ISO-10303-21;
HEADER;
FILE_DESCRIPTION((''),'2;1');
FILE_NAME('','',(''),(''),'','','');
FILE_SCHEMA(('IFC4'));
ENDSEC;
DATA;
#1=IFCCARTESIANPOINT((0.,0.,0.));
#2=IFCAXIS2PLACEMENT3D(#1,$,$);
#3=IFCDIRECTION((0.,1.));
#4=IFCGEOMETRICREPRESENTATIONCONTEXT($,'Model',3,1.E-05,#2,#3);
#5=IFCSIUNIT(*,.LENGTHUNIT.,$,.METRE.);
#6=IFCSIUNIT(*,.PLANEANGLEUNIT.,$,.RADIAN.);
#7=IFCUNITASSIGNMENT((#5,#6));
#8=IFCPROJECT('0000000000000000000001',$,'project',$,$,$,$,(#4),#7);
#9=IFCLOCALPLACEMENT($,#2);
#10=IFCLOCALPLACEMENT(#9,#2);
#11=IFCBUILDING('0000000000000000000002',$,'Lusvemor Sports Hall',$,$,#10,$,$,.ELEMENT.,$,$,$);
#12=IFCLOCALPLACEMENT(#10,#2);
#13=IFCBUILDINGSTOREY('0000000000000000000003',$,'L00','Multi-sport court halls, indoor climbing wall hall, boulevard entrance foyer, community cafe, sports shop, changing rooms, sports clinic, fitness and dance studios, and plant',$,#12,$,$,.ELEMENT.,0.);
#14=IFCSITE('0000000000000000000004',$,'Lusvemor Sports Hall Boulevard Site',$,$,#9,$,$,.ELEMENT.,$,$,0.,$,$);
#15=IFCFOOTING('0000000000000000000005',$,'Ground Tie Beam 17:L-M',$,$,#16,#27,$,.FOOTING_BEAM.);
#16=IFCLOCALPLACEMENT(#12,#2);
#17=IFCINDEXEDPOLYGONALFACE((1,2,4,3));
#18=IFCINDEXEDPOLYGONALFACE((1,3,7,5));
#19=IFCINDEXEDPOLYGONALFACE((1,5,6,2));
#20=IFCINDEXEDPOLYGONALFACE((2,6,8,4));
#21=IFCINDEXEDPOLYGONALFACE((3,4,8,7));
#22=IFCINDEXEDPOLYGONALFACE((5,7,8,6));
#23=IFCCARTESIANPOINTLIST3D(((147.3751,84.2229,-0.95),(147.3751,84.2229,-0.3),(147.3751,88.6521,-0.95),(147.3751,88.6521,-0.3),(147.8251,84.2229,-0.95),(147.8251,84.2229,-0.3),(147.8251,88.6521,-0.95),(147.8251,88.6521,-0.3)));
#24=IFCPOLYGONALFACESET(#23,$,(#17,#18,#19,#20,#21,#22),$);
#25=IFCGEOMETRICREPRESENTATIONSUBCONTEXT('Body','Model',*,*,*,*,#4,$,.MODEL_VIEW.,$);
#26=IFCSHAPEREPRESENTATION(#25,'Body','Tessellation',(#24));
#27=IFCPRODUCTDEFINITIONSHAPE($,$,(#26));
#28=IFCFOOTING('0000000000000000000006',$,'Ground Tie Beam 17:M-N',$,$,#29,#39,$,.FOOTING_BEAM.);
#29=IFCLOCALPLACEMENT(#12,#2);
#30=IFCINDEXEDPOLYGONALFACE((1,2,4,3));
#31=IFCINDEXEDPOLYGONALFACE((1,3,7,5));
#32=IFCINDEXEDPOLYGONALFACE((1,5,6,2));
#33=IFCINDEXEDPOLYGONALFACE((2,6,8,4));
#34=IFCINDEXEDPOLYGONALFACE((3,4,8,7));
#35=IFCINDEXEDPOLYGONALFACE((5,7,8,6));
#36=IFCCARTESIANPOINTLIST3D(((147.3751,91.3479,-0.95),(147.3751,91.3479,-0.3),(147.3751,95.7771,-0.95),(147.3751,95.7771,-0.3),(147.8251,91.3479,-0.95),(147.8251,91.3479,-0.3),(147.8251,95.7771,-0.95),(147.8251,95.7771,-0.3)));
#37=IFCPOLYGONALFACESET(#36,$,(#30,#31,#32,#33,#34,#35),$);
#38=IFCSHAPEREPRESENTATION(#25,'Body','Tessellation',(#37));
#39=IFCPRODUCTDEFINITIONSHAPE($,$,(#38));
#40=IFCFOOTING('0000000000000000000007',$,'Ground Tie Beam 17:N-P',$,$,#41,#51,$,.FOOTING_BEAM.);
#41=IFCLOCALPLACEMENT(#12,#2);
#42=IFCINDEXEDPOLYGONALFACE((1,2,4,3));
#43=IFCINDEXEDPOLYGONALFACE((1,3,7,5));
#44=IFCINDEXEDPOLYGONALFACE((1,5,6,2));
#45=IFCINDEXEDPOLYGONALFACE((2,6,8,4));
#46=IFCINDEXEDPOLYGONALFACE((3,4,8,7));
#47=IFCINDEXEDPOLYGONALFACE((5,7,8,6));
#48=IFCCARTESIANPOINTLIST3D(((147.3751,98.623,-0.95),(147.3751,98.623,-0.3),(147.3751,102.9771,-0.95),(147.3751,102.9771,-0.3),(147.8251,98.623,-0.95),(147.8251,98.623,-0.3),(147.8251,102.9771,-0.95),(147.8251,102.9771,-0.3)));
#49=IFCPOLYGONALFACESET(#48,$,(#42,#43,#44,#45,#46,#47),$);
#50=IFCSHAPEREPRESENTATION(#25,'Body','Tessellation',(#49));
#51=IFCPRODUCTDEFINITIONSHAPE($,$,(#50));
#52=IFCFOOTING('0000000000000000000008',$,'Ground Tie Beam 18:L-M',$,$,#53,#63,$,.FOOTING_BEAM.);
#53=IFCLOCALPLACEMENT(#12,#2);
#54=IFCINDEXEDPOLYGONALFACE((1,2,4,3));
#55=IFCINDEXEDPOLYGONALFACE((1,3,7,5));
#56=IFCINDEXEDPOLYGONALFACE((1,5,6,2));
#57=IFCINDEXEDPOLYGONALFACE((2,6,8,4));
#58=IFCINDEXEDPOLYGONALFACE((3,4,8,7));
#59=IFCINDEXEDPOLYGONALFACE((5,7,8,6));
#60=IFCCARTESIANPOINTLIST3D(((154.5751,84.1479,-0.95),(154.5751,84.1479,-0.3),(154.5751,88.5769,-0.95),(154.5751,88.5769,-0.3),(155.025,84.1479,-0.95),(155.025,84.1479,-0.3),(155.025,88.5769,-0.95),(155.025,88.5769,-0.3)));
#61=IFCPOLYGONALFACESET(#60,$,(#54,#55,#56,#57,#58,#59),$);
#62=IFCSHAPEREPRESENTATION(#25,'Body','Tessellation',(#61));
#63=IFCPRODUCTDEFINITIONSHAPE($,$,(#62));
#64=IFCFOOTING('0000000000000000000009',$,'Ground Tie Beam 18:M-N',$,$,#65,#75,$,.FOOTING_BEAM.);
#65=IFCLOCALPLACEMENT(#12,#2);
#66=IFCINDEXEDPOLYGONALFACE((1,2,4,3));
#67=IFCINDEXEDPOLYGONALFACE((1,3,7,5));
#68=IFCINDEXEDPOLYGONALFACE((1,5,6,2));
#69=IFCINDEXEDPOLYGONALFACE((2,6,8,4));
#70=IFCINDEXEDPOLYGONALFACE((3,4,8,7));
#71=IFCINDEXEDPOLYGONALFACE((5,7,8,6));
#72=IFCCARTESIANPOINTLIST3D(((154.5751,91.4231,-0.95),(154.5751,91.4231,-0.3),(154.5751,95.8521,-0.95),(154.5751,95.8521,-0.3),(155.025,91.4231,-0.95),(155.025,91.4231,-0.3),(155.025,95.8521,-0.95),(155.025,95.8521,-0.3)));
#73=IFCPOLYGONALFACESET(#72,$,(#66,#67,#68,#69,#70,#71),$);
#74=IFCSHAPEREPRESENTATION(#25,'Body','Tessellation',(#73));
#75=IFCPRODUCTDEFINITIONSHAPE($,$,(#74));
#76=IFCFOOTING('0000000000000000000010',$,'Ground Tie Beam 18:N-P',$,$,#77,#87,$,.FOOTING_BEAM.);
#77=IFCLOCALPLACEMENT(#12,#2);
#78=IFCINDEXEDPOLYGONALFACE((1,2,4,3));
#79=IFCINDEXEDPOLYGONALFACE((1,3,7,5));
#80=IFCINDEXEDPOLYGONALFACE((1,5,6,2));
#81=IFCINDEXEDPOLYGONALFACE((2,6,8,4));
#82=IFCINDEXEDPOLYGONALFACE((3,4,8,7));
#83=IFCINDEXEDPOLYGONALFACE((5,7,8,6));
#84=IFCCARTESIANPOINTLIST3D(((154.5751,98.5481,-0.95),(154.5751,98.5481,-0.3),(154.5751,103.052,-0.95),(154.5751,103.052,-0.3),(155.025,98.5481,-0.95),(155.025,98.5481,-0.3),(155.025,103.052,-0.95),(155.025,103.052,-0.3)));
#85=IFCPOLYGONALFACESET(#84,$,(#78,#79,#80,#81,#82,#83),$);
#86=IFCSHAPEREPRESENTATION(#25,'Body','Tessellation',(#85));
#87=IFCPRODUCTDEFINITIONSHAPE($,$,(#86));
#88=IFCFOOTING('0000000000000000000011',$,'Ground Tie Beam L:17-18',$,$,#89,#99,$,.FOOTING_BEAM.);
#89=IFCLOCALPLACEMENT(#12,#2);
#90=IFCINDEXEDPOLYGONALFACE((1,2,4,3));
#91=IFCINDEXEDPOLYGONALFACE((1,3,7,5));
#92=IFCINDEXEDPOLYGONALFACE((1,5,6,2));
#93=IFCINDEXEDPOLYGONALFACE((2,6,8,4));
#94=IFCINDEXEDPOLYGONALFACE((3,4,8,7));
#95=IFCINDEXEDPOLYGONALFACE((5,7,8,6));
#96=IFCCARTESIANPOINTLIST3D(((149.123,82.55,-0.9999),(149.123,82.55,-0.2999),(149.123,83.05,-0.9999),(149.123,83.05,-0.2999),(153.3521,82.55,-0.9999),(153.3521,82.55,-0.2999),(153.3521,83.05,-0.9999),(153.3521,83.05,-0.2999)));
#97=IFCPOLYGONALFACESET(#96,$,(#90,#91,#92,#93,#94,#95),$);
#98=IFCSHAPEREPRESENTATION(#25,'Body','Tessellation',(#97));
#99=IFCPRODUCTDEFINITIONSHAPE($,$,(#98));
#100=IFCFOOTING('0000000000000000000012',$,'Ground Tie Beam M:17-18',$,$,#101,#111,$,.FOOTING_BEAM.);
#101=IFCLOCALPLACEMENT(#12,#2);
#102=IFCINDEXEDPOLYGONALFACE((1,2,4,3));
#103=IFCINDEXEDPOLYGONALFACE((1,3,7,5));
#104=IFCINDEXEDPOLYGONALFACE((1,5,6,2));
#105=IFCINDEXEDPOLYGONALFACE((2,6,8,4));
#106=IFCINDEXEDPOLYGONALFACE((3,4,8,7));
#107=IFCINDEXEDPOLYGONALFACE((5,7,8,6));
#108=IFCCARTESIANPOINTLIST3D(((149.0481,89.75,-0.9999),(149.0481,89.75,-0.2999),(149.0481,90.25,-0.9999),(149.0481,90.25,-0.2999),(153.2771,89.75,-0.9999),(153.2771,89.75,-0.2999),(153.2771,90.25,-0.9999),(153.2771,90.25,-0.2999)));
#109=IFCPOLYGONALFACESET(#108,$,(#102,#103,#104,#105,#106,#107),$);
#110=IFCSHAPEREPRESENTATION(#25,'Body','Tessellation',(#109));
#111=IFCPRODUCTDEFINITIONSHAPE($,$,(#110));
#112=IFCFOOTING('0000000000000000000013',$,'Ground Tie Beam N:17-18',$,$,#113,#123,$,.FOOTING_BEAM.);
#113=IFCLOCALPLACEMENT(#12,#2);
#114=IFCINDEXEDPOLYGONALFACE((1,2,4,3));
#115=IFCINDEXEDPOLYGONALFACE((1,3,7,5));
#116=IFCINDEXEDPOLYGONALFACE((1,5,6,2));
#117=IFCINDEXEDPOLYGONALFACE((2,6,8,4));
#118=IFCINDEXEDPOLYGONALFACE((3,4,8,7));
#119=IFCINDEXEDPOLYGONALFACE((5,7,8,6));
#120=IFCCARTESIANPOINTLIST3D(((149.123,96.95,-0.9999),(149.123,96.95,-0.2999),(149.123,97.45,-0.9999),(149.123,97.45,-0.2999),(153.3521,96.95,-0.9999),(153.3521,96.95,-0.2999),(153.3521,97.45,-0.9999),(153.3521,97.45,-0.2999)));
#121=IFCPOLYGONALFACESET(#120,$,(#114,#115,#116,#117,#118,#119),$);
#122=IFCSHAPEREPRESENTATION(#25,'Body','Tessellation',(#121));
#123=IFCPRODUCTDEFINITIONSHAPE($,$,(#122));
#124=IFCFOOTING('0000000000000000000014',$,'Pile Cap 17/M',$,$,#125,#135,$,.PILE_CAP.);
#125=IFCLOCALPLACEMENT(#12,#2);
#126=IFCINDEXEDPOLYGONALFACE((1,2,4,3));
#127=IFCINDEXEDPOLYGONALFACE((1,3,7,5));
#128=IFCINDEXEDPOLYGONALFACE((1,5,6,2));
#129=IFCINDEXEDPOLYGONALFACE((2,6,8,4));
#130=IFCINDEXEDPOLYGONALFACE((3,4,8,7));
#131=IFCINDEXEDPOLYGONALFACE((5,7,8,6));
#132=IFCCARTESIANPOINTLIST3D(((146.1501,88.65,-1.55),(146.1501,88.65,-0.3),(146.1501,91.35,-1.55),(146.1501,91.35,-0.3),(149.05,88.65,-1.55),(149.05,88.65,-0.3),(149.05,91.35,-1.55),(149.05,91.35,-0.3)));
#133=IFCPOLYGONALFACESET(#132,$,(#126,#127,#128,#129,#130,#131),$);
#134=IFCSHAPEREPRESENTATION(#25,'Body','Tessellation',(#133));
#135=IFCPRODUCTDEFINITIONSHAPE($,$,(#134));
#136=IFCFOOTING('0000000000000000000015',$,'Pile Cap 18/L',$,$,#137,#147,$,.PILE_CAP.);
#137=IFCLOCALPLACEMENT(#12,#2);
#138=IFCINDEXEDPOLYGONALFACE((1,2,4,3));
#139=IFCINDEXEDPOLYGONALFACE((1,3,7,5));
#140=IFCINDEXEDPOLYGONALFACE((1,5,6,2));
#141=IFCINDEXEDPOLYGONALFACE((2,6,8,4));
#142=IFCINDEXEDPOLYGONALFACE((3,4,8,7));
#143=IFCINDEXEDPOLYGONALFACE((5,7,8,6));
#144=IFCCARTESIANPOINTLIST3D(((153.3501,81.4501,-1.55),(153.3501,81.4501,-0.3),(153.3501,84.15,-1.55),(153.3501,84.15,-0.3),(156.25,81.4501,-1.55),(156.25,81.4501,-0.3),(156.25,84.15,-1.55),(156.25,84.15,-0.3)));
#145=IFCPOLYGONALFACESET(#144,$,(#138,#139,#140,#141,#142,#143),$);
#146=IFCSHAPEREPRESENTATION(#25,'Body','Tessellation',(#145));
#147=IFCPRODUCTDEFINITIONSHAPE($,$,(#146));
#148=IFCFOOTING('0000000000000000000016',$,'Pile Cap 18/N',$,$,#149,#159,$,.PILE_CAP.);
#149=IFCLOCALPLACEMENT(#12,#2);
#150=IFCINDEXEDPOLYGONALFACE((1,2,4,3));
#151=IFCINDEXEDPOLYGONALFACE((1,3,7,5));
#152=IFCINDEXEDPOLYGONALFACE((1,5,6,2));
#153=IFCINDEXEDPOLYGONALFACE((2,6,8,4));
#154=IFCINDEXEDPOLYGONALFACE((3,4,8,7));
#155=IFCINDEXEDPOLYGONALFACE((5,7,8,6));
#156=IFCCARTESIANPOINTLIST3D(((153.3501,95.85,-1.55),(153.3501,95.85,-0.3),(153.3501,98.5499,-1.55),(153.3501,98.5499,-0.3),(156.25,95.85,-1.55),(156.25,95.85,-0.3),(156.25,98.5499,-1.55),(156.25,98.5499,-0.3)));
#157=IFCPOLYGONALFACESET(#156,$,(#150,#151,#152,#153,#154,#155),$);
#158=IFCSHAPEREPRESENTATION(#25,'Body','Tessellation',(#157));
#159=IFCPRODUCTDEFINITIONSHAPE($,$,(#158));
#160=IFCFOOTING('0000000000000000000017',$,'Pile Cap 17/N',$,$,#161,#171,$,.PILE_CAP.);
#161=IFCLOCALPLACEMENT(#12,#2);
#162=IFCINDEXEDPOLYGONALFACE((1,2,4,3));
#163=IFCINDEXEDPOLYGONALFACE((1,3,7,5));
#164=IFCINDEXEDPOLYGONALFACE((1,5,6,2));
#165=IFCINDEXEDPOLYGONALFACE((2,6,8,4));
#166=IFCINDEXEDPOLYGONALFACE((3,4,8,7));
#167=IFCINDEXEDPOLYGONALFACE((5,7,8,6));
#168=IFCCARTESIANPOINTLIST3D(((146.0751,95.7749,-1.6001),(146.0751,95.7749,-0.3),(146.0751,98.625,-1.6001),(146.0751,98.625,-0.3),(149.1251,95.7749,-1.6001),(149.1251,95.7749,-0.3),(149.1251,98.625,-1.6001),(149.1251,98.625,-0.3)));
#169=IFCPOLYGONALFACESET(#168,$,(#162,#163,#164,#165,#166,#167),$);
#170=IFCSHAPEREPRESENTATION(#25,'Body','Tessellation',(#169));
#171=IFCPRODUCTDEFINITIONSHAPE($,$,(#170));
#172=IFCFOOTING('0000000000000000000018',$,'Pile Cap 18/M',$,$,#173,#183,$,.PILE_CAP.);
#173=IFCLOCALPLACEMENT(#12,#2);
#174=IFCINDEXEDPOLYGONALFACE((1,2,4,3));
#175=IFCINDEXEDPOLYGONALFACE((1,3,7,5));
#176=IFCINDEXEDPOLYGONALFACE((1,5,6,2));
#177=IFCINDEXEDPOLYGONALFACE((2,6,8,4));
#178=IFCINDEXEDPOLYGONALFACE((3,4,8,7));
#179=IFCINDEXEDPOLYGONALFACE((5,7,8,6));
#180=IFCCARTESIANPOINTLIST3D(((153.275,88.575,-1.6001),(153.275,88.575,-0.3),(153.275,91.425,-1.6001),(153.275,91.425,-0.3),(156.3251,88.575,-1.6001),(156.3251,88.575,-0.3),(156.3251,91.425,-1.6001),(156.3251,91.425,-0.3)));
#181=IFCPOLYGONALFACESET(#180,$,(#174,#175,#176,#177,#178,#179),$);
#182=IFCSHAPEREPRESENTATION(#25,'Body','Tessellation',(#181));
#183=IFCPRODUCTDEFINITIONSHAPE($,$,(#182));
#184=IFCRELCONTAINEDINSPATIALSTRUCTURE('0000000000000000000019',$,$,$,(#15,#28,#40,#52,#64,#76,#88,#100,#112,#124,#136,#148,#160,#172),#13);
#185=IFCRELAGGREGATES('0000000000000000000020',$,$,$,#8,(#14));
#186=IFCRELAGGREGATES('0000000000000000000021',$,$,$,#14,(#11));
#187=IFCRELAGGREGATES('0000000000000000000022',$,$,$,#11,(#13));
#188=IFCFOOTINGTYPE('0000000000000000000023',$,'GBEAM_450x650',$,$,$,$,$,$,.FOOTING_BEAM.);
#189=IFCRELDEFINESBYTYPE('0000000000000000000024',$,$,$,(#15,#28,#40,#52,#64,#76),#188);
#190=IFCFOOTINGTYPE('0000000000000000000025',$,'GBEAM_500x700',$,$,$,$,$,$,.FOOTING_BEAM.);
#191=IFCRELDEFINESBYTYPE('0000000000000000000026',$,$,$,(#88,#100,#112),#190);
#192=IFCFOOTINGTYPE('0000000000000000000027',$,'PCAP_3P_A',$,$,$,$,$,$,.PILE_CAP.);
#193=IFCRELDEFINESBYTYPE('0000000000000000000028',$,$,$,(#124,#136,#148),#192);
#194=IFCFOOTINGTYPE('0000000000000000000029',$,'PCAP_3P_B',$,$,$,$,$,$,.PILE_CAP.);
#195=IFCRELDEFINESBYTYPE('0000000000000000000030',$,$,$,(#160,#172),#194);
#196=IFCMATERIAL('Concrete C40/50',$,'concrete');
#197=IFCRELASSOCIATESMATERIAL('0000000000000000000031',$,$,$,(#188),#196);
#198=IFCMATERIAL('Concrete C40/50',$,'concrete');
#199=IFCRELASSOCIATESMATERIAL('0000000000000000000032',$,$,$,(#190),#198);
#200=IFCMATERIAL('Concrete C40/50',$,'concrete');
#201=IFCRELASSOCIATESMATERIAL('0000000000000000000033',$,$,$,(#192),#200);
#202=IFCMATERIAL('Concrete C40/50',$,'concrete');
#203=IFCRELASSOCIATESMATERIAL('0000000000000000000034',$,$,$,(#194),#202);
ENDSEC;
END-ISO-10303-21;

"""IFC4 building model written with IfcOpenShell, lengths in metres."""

from ifc_helpers import new_model, si_unit, direction, frame, origin, origin_2d, place, context, subcontext, project, spatial, rectangle, extrude, material, material_profile, profile_set, type_object, element, save


model = new_model("IFC4")

# Units and contexts
model_context = context("Model", 3, precision=1e-05, world=origin(), true_north=direction((0.0, 1.0)))
body_context = subcontext(model_context, "Body", "Model", "MODEL_VIEW")
ifc_project = project(units=[si_unit("LENGTHUNIT", "METRE"), si_unit("PLANEANGLEUNIT", "RADIAN")], contexts=[model_context])

# Site, building, storey
site_placement = place(None, origin())
site = spatial("IfcSite", under=ifc_project, at=site_placement, Name="Lusvemor Sports Hall Boulevard Site", CompositionType="ELEMENT", RefElevation=0.0)
building_placement = place(site_placement, origin())
building = spatial("IfcBuilding", under=site, at=building_placement, Name="Lusvemor Sports Hall", CompositionType="ELEMENT")
storey_placement = place(building_placement, origin())
storey = spatial("IfcBuildingStorey", under=building, at=storey_placement, Name="L00", Description="Multi-sport court halls, indoor climbing wall hall, boulevard entrance foyer, community cafe, sports shop, changing rooms, sports clinic, fitness and dance studios, and plant", CompositionType="ELEMENT", Elevation=0.0)

# Footings
ifc_material_1 = material(Name="Concrete C40/50", Category="concrete")
ifc_material_profile_1 = material_profile(ifc_material_1, rectangle(XDim=0.45, YDim=0.6499, at=origin_2d()), Name="GB_450x650")
ifc_profile_set_1 = profile_set([ifc_material_profile_1], Name="Concrete C40/50")
footing_type_1 = type_object("IfcFootingType", Name="GBEAM_450x650", PredefinedType="FOOTING_BEAM", material=ifc_profile_set_1)
for number, where, z_axis, x_axis, name in (
    (1, (147.6001, 84.2229, -0.625), (0.0, 1.0, 0.0), (-1.0, 0.0, 0.0), "Ground Tie Beam 17:L-M"),
    (2, (147.6001, 91.3479, -0.625), (0.0, 1.0, 0.0), (-1.0, 0.0, 0.0), "Ground Tie Beam 17:M-N"),
):
    element("IfcFooting", number, at=place(storey_placement, frame(where, z_axis=z_axis, x_axis=x_axis)), inside=storey, type_object=footing_type_1, Name=name, PredefinedType="FOOTING_BEAM", context=body_context, shape_type="SweptSolid", body=[
        extrude(rectangle(XDim=0.45, YDim=0.6499, at=origin_2d()), origin(), (0.0, 0.0, 1.0), 4.4292),
    ])
footing_1_placement = place(storey_placement, frame((147.6001, 98.623, -0.625), z_axis=(0.0, 1.0, 0.0), x_axis=(-1.0, 0.0, 0.0)))
element("IfcFooting", 3, at=footing_1_placement, inside=storey, type_object=footing_type_1, Name="Ground Tie Beam 17:N-P", PredefinedType="FOOTING_BEAM", context=body_context, shape_type="SweptSolid", body=[
    extrude(rectangle(XDim=0.45, YDim=0.6499, at=origin_2d()), origin(), (0.0, 0.0, 1.0), 4.354),
])
for number, where, z_axis, x_axis, name in (
    (4, (154.8, 84.1479, -0.625), (0.0, 1.0, 0.0), (-1.0, 0.0, 0.0), "Ground Tie Beam 18:L-M"),
    (5, (154.8, 91.4231, -0.625), (0.0, 1.0, 0.0), (-1.0, 0.0, 0.0), "Ground Tie Beam 18:M-N"),
):
    element("IfcFooting", number, at=place(storey_placement, frame(where, z_axis=z_axis, x_axis=x_axis)), inside=storey, type_object=footing_type_1, Name=name, PredefinedType="FOOTING_BEAM", context=body_context, shape_type="SweptSolid", body=[
        extrude(rectangle(XDim=0.45, YDim=0.6499, at=origin_2d()), origin(), (0.0, 0.0, 1.0), 4.429),
    ])
footing_2_placement = place(storey_placement, frame((154.8, 98.5481, -0.625), z_axis=(0.0, 1.0, 0.0), x_axis=(-1.0, 0.0, 0.0)))
element("IfcFooting", 6, at=footing_2_placement, inside=storey, type_object=footing_type_1, Name="Ground Tie Beam 18:N-P", PredefinedType="FOOTING_BEAM", context=body_context, shape_type="SweptSolid", body=[
    extrude(rectangle(XDim=0.45, YDim=0.6499, at=origin_2d()), origin(), (0.0, 0.0, 1.0), 4.5039),
])
ifc_material_2 = material(Name="Concrete C40/50", Category="concrete")
ifc_material_profile_2 = material_profile(ifc_material_2, rectangle(XDim=0.5, YDim=0.7, at=origin_2d()), Name="GB_500x700")
ifc_profile_set_2 = profile_set([ifc_material_profile_2], Name="Concrete C40/50")
footing_type_2 = type_object("IfcFootingType", Name="GBEAM_500x700", PredefinedType="FOOTING_BEAM", material=ifc_profile_set_2)
for number, where, z_axis, x_axis, name in (
    (7, (149.123, 82.8, -0.6499), (1.0, 0.0, 0.0), (0.0, 1.0, 0.0), "Ground Tie Beam L:17-18"),
    (8, (149.0481, 90.0, -0.6499), (1.0, 0.0, 0.0), (0.0, 1.0, 0.0), "Ground Tie Beam M:17-18"),
    (9, (149.123, 97.2, -0.6499), (1.0, 0.0, 0.0), (0.0, 1.0, 0.0), "Ground Tie Beam N:17-18"),
):
    element("IfcFooting", number, at=place(storey_placement, frame(where, z_axis=z_axis, x_axis=x_axis)), inside=storey, type_object=footing_type_2, Name=name, PredefinedType="FOOTING_BEAM", context=body_context, shape_type="SweptSolid", body=[
        extrude(rectangle(XDim=0.5, YDim=0.7, at=origin_2d()), origin(), (0.0, 0.0, 1.0), 4.229),
    ])
ifc_material_3 = material(Name="Concrete C40/50", Category="concrete")
footing_type_3 = type_object("IfcFootingType", Name="PCAP_3P_A", PredefinedType="PILE_CAP", material=ifc_material_3)
for number, where, z_axis, x_axis, name in (
    (10, (147.6001, 90.0, -1.55), (0.0, 0.0, 1.0), (1.0, 0.0, 0.0), "Pile Cap 17/M"),
    (11, (154.8, 82.8, -1.55), (0.0, 0.0, 1.0), (1.0, 0.0, 0.0), "Pile Cap 18/L"),
    (12, (154.8, 97.2, -1.55), (0.0, 0.0, 1.0), (1.0, 0.0, 0.0), "Pile Cap 18/N"),
):
    element("IfcFooting", number, at=place(storey_placement, frame(where, z_axis=z_axis, x_axis=x_axis)), inside=storey, type_object=footing_type_3, Name=name, PredefinedType="PILE_CAP", context=body_context, shape_type="SweptSolid", body=[
        extrude(rectangle(XDim=2.8999, YDim=2.7, at=origin_2d()), origin(), (0.0, 0.0, 1.0), 1.25),
    ])
ifc_material_4 = material(Name="Concrete C40/50", Category="concrete")
footing_type_4 = type_object("IfcFootingType", Name="PCAP_3P_B", PredefinedType="PILE_CAP", material=ifc_material_4)
for number, where, z_axis, x_axis, name in (
    (13, (147.6001, 97.2, -1.6001), (0.0, 0.0, 1.0), (1.0, 0.0, 0.0), "Pile Cap 17/N"),
    (14, (154.8, 90.0, -1.6001), (0.0, 0.0, 1.0), (1.0, 0.0, 0.0), "Pile Cap 18/M"),
):
    element("IfcFooting", number, at=place(storey_placement, frame(where, z_axis=z_axis, x_axis=x_axis)), inside=storey, type_object=footing_type_4, Name=name, PredefinedType="PILE_CAP", context=body_context, shape_type="SweptSolid", body=[
        extrude(rectangle(XDim=3.05, YDim=2.8501, at=origin_2d()), origin(), (0.0, 0.0, 1.0), 1.3),
    ])

save(model, "model.ifc")
